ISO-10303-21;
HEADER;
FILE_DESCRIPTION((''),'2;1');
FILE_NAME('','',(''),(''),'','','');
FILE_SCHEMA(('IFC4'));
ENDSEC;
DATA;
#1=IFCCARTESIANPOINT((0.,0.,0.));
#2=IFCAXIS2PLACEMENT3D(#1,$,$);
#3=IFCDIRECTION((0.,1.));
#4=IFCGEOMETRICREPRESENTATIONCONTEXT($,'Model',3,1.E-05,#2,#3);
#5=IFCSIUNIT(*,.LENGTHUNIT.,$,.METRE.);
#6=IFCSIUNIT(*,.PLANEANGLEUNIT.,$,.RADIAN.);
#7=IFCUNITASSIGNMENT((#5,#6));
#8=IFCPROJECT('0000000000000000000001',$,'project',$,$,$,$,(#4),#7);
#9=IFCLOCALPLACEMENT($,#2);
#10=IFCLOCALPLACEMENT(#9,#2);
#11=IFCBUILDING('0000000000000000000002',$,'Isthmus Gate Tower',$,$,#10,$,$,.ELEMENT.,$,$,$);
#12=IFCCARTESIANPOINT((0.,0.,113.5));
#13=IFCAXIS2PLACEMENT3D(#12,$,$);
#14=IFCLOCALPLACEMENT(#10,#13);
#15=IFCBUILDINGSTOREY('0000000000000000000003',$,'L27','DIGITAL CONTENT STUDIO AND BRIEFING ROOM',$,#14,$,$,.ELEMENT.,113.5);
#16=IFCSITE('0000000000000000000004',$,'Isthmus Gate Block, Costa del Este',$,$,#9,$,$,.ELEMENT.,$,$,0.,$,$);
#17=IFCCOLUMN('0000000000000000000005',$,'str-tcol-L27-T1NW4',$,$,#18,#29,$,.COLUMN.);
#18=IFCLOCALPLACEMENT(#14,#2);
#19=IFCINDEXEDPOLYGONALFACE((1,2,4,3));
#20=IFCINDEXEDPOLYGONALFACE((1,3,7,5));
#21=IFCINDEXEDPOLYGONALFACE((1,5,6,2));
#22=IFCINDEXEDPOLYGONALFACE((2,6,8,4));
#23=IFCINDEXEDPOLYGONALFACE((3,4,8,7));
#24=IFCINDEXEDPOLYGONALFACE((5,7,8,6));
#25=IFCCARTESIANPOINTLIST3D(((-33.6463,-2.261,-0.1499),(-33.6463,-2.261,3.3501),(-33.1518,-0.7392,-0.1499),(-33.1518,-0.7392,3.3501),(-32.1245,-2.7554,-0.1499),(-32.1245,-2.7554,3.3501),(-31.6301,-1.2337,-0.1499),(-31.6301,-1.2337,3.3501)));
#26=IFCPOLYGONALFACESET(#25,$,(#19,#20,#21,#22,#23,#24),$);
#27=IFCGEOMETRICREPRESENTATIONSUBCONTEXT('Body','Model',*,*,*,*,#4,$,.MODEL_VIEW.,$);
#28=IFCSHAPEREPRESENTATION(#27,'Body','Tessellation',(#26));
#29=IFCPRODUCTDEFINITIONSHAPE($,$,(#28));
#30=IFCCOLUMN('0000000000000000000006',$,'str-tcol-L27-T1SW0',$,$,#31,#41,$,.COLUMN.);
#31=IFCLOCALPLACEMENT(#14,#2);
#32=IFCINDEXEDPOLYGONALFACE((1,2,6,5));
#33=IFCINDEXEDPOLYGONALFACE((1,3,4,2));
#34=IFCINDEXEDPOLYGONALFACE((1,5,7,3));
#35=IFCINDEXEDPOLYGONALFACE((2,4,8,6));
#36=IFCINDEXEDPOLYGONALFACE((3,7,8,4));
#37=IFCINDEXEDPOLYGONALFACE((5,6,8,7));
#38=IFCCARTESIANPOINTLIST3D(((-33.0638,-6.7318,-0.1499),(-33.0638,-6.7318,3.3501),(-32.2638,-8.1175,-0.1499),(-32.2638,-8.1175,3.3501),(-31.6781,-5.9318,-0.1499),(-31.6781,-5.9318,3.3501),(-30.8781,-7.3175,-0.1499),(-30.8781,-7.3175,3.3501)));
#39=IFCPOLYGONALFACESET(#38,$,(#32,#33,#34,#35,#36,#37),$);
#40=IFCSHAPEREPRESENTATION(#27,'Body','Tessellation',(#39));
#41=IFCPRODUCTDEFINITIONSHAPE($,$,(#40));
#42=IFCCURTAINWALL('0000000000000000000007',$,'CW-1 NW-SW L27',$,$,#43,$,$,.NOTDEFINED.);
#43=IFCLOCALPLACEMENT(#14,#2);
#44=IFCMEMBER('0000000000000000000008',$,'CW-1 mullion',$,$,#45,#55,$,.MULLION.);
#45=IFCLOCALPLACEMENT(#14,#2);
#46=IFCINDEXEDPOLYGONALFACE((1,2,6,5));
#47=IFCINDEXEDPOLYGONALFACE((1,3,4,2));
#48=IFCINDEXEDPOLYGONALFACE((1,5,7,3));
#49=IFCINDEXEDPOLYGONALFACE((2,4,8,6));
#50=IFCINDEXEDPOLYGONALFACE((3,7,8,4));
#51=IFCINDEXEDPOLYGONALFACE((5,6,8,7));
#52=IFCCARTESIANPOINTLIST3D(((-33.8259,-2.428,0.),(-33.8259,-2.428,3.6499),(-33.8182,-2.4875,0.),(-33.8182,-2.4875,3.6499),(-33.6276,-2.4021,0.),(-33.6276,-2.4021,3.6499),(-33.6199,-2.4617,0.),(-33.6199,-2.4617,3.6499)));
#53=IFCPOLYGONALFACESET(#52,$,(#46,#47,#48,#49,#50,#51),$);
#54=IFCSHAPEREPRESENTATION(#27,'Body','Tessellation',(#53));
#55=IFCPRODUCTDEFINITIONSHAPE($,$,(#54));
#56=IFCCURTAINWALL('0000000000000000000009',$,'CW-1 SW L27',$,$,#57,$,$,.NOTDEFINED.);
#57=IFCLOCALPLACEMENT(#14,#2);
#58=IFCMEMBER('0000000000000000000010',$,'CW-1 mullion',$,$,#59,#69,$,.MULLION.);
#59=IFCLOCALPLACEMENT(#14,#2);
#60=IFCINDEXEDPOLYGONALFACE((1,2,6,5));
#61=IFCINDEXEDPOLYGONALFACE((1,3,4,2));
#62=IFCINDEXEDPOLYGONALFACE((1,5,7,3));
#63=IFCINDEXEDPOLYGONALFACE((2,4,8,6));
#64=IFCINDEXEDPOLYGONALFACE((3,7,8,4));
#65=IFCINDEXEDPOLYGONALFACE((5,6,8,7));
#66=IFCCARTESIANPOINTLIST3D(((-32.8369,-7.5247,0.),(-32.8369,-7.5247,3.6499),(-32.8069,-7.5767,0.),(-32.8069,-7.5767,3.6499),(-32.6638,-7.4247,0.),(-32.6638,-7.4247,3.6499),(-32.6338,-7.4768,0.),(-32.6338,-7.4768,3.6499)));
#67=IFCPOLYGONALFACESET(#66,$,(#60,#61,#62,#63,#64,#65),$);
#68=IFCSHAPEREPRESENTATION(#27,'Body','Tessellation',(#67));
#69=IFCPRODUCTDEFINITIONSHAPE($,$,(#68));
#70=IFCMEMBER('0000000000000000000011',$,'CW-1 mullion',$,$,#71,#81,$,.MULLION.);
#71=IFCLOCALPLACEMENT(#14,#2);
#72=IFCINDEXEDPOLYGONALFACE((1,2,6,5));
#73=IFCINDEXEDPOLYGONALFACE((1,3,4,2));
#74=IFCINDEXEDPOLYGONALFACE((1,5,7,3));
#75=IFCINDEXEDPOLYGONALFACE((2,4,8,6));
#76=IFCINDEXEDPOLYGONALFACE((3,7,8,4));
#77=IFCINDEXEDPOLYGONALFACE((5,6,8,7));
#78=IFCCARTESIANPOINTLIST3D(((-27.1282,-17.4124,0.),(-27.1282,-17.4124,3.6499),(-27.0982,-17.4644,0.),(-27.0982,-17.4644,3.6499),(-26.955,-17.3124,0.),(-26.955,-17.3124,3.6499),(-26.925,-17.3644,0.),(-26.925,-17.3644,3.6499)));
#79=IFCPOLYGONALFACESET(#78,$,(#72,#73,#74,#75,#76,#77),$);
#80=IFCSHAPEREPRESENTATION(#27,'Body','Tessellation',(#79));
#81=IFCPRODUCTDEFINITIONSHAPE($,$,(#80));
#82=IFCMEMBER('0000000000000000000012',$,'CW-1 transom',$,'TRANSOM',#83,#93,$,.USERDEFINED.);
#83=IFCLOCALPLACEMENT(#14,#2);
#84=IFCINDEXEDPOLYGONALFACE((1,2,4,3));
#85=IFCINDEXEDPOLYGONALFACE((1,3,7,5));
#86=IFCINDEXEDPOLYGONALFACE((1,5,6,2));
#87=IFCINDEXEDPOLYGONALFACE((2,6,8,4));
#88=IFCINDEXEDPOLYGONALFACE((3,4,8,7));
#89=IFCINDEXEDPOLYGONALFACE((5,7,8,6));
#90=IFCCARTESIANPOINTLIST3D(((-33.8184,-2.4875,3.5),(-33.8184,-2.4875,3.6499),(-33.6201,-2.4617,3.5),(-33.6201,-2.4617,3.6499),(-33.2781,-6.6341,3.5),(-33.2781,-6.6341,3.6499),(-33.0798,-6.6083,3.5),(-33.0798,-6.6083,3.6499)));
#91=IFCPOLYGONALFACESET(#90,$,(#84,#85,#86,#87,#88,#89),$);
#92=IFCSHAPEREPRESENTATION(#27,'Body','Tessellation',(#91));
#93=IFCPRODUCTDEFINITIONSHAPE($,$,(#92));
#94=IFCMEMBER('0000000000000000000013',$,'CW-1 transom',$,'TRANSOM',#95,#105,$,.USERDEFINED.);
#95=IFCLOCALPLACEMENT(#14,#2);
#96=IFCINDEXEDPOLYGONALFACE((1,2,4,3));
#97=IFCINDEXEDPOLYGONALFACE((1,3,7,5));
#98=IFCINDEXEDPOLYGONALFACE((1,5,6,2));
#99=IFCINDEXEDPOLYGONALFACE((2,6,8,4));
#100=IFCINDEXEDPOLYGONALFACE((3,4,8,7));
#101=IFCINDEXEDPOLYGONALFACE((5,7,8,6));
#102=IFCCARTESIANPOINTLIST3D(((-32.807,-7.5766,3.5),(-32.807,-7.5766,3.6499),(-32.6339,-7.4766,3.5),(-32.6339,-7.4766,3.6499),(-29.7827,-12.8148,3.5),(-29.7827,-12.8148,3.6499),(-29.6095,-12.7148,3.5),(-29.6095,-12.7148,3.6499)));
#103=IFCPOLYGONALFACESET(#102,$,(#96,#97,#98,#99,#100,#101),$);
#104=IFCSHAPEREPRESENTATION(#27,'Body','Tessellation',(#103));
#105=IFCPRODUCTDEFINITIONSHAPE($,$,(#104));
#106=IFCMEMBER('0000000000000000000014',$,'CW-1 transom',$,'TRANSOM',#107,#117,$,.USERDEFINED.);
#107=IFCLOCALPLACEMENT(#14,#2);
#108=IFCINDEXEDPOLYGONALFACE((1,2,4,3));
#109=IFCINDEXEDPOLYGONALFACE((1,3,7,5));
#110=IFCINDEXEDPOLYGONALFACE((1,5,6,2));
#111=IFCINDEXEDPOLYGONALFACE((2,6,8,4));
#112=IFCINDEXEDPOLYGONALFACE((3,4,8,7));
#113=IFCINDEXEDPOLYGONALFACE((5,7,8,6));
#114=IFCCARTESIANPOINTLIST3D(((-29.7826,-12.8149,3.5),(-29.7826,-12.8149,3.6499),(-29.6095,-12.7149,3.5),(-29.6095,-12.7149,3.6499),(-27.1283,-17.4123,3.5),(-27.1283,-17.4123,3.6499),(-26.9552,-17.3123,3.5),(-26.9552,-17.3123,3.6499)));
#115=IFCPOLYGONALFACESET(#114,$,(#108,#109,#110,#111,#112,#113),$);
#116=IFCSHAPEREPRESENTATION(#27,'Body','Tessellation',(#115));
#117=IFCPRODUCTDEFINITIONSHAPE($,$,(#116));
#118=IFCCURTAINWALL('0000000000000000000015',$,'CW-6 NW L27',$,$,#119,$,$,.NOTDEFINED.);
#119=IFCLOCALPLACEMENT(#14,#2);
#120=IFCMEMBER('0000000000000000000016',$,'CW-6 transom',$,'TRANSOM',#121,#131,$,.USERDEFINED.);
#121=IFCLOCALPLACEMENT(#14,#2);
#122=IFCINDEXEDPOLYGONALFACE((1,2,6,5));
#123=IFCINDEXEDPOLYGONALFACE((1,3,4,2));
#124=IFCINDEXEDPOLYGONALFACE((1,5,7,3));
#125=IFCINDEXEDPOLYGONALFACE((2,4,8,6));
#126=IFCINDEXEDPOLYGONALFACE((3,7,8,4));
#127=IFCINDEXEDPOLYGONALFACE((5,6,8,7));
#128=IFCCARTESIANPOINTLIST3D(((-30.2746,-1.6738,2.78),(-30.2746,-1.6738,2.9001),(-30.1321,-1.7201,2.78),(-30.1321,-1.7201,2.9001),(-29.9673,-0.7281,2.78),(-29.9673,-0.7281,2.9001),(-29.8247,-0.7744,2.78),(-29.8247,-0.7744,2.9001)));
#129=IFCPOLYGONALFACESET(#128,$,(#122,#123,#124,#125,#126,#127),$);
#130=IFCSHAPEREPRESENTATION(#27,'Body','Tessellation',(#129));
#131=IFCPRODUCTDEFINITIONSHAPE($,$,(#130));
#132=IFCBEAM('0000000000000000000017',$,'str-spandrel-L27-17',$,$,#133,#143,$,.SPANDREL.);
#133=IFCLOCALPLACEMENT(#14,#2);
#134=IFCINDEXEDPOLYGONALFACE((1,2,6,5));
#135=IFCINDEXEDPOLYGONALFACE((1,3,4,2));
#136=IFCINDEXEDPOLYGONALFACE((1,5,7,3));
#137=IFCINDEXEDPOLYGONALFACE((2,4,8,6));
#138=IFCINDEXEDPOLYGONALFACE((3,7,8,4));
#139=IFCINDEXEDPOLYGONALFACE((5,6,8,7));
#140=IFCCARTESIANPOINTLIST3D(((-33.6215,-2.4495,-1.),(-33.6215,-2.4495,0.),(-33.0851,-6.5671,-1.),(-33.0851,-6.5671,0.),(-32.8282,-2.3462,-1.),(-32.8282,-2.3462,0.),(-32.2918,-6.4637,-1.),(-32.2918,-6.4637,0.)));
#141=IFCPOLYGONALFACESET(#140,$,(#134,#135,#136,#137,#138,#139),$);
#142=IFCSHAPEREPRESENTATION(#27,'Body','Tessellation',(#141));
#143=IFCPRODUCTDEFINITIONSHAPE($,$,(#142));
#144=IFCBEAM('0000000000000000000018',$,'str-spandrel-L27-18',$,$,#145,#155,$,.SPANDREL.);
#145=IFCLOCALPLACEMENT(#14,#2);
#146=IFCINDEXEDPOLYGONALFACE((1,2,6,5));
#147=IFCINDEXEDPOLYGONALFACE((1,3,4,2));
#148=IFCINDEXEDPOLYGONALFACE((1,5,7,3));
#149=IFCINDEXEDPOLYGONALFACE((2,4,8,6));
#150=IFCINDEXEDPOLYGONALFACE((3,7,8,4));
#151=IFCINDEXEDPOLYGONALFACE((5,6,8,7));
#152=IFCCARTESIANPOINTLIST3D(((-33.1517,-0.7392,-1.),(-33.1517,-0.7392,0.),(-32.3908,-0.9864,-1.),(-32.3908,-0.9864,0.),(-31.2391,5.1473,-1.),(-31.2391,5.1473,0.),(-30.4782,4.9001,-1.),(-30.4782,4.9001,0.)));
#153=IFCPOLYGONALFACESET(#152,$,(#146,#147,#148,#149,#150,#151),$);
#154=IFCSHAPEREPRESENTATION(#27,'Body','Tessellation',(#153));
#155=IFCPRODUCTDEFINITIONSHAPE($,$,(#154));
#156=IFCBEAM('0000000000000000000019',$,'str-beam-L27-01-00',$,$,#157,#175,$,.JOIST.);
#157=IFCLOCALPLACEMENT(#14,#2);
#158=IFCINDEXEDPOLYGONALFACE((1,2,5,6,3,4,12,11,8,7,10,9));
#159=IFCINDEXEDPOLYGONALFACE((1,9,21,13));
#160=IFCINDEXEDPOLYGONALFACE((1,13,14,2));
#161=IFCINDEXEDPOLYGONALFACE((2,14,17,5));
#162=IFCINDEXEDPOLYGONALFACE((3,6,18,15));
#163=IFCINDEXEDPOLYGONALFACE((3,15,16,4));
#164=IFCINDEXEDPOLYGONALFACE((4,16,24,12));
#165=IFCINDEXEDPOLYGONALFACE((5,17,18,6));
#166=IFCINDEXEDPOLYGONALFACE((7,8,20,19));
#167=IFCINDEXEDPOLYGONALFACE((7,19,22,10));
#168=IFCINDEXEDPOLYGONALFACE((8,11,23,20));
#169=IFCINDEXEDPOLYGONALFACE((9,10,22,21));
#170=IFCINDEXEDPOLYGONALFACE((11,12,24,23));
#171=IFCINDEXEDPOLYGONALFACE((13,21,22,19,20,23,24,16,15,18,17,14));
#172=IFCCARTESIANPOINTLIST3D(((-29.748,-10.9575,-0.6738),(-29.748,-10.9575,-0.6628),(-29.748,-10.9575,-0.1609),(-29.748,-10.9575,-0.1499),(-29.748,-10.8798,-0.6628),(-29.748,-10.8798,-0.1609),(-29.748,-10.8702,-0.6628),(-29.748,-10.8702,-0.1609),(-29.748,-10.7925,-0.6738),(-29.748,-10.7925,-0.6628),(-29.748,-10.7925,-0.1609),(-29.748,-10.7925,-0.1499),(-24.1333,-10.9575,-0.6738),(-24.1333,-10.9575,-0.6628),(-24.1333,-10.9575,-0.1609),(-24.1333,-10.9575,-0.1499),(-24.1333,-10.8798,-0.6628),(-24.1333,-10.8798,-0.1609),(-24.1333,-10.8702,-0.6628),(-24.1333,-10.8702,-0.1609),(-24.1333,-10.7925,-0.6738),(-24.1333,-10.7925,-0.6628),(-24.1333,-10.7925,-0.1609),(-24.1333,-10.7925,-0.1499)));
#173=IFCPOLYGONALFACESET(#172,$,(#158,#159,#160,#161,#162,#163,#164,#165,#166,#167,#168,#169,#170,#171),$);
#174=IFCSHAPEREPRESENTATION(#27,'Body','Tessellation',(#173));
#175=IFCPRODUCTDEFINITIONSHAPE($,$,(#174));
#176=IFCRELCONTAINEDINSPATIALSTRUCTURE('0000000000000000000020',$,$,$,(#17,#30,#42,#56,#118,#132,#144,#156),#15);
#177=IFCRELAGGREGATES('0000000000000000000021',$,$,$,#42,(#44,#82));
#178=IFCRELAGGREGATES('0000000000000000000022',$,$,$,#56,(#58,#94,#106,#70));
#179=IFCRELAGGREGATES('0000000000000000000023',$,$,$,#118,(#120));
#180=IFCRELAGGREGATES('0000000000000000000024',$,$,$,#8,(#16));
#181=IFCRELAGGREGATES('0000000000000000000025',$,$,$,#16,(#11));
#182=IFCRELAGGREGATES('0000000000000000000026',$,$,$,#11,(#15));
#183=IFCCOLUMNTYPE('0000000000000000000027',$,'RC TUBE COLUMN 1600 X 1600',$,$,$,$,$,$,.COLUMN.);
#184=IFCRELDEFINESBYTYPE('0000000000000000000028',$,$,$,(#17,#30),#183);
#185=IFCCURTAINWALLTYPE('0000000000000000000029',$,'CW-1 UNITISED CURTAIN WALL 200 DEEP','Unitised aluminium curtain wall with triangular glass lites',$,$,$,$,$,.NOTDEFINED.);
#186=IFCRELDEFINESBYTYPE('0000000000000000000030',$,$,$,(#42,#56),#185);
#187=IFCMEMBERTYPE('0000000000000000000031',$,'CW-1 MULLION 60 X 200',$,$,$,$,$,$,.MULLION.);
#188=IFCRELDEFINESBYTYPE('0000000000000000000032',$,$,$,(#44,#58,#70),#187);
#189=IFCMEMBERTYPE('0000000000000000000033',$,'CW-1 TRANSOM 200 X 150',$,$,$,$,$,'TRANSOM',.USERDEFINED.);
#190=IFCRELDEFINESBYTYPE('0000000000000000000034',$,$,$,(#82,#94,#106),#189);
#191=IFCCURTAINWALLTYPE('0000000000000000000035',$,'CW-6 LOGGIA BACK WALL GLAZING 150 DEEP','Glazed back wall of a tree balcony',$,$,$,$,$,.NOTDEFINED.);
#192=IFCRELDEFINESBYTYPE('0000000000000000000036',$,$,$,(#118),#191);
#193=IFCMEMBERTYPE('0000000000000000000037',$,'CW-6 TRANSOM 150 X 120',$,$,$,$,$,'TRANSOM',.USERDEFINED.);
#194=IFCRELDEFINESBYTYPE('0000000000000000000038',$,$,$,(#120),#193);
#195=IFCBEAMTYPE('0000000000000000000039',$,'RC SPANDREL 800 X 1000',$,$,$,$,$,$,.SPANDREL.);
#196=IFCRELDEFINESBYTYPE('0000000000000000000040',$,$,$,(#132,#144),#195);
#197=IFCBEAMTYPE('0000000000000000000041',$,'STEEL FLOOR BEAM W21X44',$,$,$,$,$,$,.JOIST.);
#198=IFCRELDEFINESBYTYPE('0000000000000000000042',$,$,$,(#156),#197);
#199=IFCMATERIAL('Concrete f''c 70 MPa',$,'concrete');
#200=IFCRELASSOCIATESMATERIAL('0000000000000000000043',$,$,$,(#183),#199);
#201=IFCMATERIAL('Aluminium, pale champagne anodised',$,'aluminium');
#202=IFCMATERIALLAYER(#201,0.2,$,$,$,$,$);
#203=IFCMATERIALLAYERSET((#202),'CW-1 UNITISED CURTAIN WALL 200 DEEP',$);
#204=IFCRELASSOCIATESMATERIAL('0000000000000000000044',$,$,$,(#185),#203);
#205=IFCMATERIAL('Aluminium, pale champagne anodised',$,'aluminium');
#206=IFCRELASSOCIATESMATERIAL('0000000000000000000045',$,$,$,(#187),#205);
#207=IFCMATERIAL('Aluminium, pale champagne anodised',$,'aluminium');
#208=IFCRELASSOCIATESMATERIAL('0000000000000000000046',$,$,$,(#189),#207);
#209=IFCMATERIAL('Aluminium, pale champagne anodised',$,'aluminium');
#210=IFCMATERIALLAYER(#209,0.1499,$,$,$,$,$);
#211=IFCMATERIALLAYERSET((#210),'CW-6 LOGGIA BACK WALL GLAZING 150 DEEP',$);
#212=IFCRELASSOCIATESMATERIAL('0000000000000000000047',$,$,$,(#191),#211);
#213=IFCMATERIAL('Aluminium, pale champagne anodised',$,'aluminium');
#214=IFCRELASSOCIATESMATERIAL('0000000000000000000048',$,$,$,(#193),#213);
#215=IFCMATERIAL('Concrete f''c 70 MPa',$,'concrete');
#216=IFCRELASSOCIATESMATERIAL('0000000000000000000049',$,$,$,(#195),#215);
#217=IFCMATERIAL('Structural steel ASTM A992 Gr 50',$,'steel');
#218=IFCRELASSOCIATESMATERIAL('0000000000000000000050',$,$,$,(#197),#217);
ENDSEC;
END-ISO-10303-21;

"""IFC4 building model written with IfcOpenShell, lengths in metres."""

from ifc_helpers import new_model, si_unit, direction, frame, origin, origin_2d, place, context, subcontext, project, spatial, rectangle, i_section, extrude, material, layer, layer_set, material_profile, profile_set, type_object, element, aggregate, save


model = new_model("IFC4")

# Units and contexts
model_context = context("Model", 3, precision=1e-05, world=origin(), true_north=direction((0.0, 1.0)))
body_context = subcontext(model_context, "Body", "Model", "MODEL_VIEW")
ifc_project = project(units=[si_unit("LENGTHUNIT", "METRE"), si_unit("PLANEANGLEUNIT", "RADIAN")], contexts=[model_context])

# Site, building, storey
site_placement = place(None, origin())
site = spatial("IfcSite", under=ifc_project, at=site_placement, Name="Isthmus Gate Block, Costa del Este", CompositionType="ELEMENT", RefElevation=0.0)
building_placement = place(site_placement, origin())
building = spatial("IfcBuilding", under=site, at=building_placement, Name="Isthmus Gate Tower", CompositionType="ELEMENT")
storey_placement = place(building_placement, frame((0.0, 0.0, 113.5)))
storey = spatial("IfcBuildingStorey", under=building, at=storey_placement, Name="L27", Description="DIGITAL CONTENT STUDIO AND BRIEFING ROOM", CompositionType="ELEMENT", Elevation=113.5)

# Columns
ifc_material_1 = material(Name="Concrete f'c 70 MPa", Category="concrete")
ifc_material_profile_1 = material_profile(ifc_material_1, rectangle(XDim=1.6001, YDim=1.6001, at=origin_2d()), Name="RC 1600X1600")
ifc_profile_set_1 = profile_set([ifc_material_profile_1], Name="Concrete f'c 70 MPa")
column_type = type_object("IfcColumnType", Name="RC TUBE COLUMN 1600 X 1600", PredefinedType="COLUMN", material=ifc_profile_set_1)
for number, where, z_axis, x_axis, name in (
    (1, (-32.6382, -1.7473, -0.1499), (0.0, 0.0, 1.0), (-0.309017, -0.951057, 0.0), "str-tcol-L27-T1NW4"),
    (2, (-31.9709, -7.0247, -0.1499), (0.0, 0.0, 1.0), (0.5, -0.866025, 0.0), "str-tcol-L27-T1SW0"),
):
    element("IfcColumn", number, at=place(storey_placement, frame(where, z_axis=z_axis, x_axis=x_axis)), inside=storey, type_object=column_type, Name=name, PredefinedType="COLUMN", context=body_context, shape_type="SweptSolid", body=[
        extrude(rectangle(XDim=1.6001, YDim=1.6001, at=origin_2d()), origin(), (0.0, 0.0, 1.0), 3.5),
    ])

# Curtain wall, member
ifc_material_2 = material(Name="Aluminium, pale champagne anodised", Category="aluminium")
ifc_layer_1 = layer(ifc_material_2, 0.2)
ifc_layer_set_1 = layer_set([ifc_layer_1], Name="CW-1 UNITISED CURTAIN WALL 200 DEEP")
curtain_wall_type_1 = type_object("IfcCurtainWallType", Name="CW-1 UNITISED CURTAIN WALL 200 DEEP", Description="Unitised aluminium curtain wall with triangular glass lites", PredefinedType="NOTDEFINED", material=ifc_layer_set_1)
curtain_wall_1_placement = place(storey_placement, origin())
curtain_wall_1 = element("IfcCurtainWall", 3, at=curtain_wall_1_placement, inside=storey, type_object=curtain_wall_type_1, Name="CW-1 NW-SW L27", PredefinedType="NOTDEFINED")
ifc_material_3 = material(Name="Aluminium, pale champagne anodised", Category="aluminium")
ifc_material_profile_2 = material_profile(ifc_material_3, rectangle(XDim=0.0601, YDim=0.2, at=origin_2d()), Name="60x200")
ifc_profile_set_2 = profile_set([ifc_material_profile_2], Name="Aluminium, pale champagne anodised")
member_type_1 = type_object("IfcMemberType", Name="CW-1 MULLION 60 X 200", PredefinedType="MULLION", material=ifc_profile_set_2)
member_1_placement = place(storey_placement, frame((-33.7229, -2.4448, 0.0), z_axis=(0.0, 0.0, 1.0), x_axis=(0.129165, -0.991623, 0.0)))
member_1 = element("IfcMember", 4, at=member_1_placement, type_object=member_type_1, Name="CW-1 mullion", PredefinedType="MULLION", context=body_context, shape_type="SweptSolid", body=[
    extrude(rectangle(XDim=0.0601, YDim=0.2, at=origin_2d()), origin(), (0.0, 0.0, 1.0), 3.6499),
])

# Curtain wall, members
curtain_wall_2_placement = place(storey_placement, origin())
curtain_wall_2 = element("IfcCurtainWall", 5, at=curtain_wall_2_placement, inside=storey, type_object=curtain_wall_type_1, Name="CW-1 SW L27", PredefinedType="NOTDEFINED")
member_2_placement = place(storey_placement, frame((-32.7354, -7.5007, 0.0), z_axis=(0.0, 0.0, 1.0), x_axis=(0.5, -0.866025, 0.0)))
member_2 = element("IfcMember", 6, at=member_2_placement, type_object=member_type_1, Name="CW-1 mullion", PredefinedType="MULLION", context=body_context, shape_type="SweptSolid", body=[
    extrude(rectangle(XDim=0.0601, YDim=0.2, at=origin_2d()), origin(), (0.0, 0.0, 1.0), 3.6499),
])
member_3_placement = place(storey_placement, frame((-27.0266, -17.3884, 0.0), z_axis=(0.0, 0.0, 1.0), x_axis=(0.5, -0.866025, 0.0)))
member_3 = element("IfcMember", 7, at=member_3_placement, type_object=member_type_1, Name="CW-1 mullion", PredefinedType="MULLION", context=body_context, shape_type="SweptSolid", body=[
    extrude(rectangle(XDim=0.0601, YDim=0.2, at=origin_2d()), origin(), (0.0, 0.0, 1.0), 3.6499),
])

# Members
ifc_material_4 = material(Name="Aluminium, pale champagne anodised", Category="aluminium")
ifc_material_profile_3 = material_profile(ifc_material_4, rectangle(XDim=0.2, YDim=0.1499, at=origin_2d()), Name="200x150")
ifc_profile_set_3 = profile_set([ifc_material_profile_3], Name="Aluminium, pale champagne anodised")
member_type_2 = type_object("IfcMemberType", Name="CW-1 TRANSOM 200 X 150", ElementType="TRANSOM", PredefinedType="USERDEFINED", material=ifc_profile_set_3)
member_4_placement = place(storey_placement, frame((-33.7192, -2.4746, 3.575), z_axis=(0.129207, -0.991618, 0.0), x_axis=(0.991618, 0.129207, 0.0)))
member_4 = element("IfcMember", 8, at=member_4_placement, type_object=member_type_2, Name="CW-1 transom", ObjectType="TRANSOM", PredefinedType="USERDEFINED", context=body_context, shape_type="SweptSolid", body=[
    extrude(rectangle(XDim=0.2, YDim=0.1499, at=origin_2d()), origin(), (0.0, 0.0, 1.0), 4.1816),
])
member_5_placement = place(storey_placement, frame((-32.7205, -7.5266, 3.575), z_axis=(0.500011, -0.866019, 0.0), x_axis=(0.866019, 0.500011, 0.0)))
member_5 = element("IfcMember", 9, at=member_5_placement, type_object=member_type_2, Name="CW-1 transom", ObjectType="TRANSOM", PredefinedType="USERDEFINED", context=body_context, shape_type="SweptSolid", body=[
    extrude(rectangle(XDim=0.2, YDim=0.1499, at=origin_2d()), origin(), (0.0, 0.0, 1.0), 6.0486),
])
member_6_placement = place(storey_placement, frame((-29.696, -12.7649, 3.575), z_axis=(0.499997, -0.866027, 0.0), x_axis=(0.866027, 0.499997, 0.0)))
member_6 = element("IfcMember", 10, at=member_6_placement, type_object=member_type_2, Name="CW-1 transom", ObjectType="TRANSOM", PredefinedType="USERDEFINED", context=body_context, shape_type="SweptSolid", body=[
    extrude(rectangle(XDim=0.2, YDim=0.1499, at=origin_2d()), origin(), (0.0, 0.0, 1.0), 5.3086),
])

# Curtain wall, member
ifc_material_5 = material(Name="Aluminium, pale champagne anodised", Category="aluminium")
ifc_layer_2 = layer(ifc_material_5, 0.1499)
ifc_layer_set_2 = layer_set([ifc_layer_2], Name="CW-6 LOGGIA BACK WALL GLAZING 150 DEEP")
curtain_wall_type_2 = type_object("IfcCurtainWallType", Name="CW-6 LOGGIA BACK WALL GLAZING 150 DEEP", Description="Glazed back wall of a tree balcony", PredefinedType="NOTDEFINED", material=ifc_layer_set_2)
curtain_wall_3_placement = place(storey_placement, origin())
curtain_wall_3 = element("IfcCurtainWall", 11, at=curtain_wall_3_placement, inside=storey, type_object=curtain_wall_type_2, Name="CW-6 NW L27", PredefinedType="NOTDEFINED")
ifc_material_6 = material(Name="Aluminium, pale champagne anodised", Category="aluminium")
ifc_material_profile_4 = material_profile(ifc_material_6, rectangle(XDim=0.1499, YDim=0.1201, at=origin_2d()), Name="150x120")
ifc_profile_set_4 = profile_set([ifc_material_profile_4], Name="Aluminium, pale champagne anodised")
member_type_3 = type_object("IfcMemberType", Name="CW-6 TRANSOM 150 X 120", ElementType="TRANSOM", PredefinedType="USERDEFINED", material=ifc_profile_set_4)
member_7_placement = place(storey_placement, frame((-29.896, -0.7512, 2.8401), z_axis=(-0.309075, -0.951038, 0.0), x_axis=(0.951038, -0.309075, 0.0)))
member_7 = element("IfcMember", 12, at=member_7_placement, type_object=member_type_3, Name="CW-6 transom", ObjectType="TRANSOM", PredefinedType="USERDEFINED", context=body_context, shape_type="SweptSolid", body=[
    extrude(rectangle(XDim=0.1499, YDim=0.1201, at=origin_2d()), origin(), (0.0, 0.0, 1.0), 0.9944),
])

# Beams
ifc_material_7 = material(Name="Concrete f'c 70 MPa", Category="concrete")
ifc_material_profile_5 = material_profile(ifc_material_7, rectangle(XDim=0.8, YDim=1.0, at=origin_2d()), Name="RC 800X1000")
ifc_profile_set_5 = profile_set([ifc_material_profile_5], Name="Concrete f'c 70 MPa")
beam_type_1 = type_object("IfcBeamType", Name="RC SPANDREL 800 X 1000", PredefinedType="SPANDREL", material=ifc_profile_set_5)
beam_1_placement = place(storey_placement, frame((-32.6885, -6.5154, -0.5), z_axis=(-0.129171, 0.991622, 0.0), x_axis=(-0.991622, -0.129171, 0.0)))
element("IfcBeam", 13, at=beam_1_placement, inside=storey, type_object=beam_type_1, Name="str-spandrel-L27-17", PredefinedType="SPANDREL", context=body_context, shape_type="SweptSolid", body=[
    extrude(rectangle(XDim=0.8, YDim=1.0, at=origin_2d()), origin(), (0.0, 0.0, 1.0), 4.1523),
])
beam_2_placement = place(storey_placement, frame((-32.7712, -0.8628, -0.5), z_axis=(0.309012, 0.951058, 0.0), x_axis=(-0.951058, 0.309012, 0.0)))
element("IfcBeam", 14, at=beam_2_placement, inside=storey, type_object=beam_type_1, Name="str-spandrel-L27-18", PredefinedType="SPANDREL", context=body_context, shape_type="SweptSolid", body=[
    extrude(rectangle(XDim=0.8, YDim=1.0, at=origin_2d()), origin(), (0.0, 0.0, 1.0), 6.1895),
])
ifc_material_8 = material(Name="Structural steel ASTM A992 Gr 50", Category="steel")
ifc_material_profile_6 = material_profile(ifc_material_8, i_section(OverallWidth=0.165, OverallDepth=0.5239, WebThickness=0.0095, FlangeThickness=0.011, at=origin_2d()), Name="W21X44")
ifc_profile_set_6 = profile_set([ifc_material_profile_6], Name="Structural steel ASTM A992 Gr 50")
beam_type_2 = type_object("IfcBeamType", Name="STEEL FLOOR BEAM W21X44", PredefinedType="JOIST", material=ifc_profile_set_6)
beam_3_placement = place(storey_placement, frame((-29.748, -10.875, -0.4119), z_axis=(1.0, 0.0, 0.0), x_axis=(0.0, 1.0, 0.0)))
element("IfcBeam", 15, at=beam_3_placement, inside=storey, type_object=beam_type_2, Name="str-beam-L27-01-00", PredefinedType="JOIST", context=body_context, shape_type="SweptSolid", body=[
    extrude(i_section(OverallWidth=0.165, OverallDepth=0.5239, WebThickness=0.0095, FlangeThickness=0.011, at=origin_2d()), origin(), (0.0, 0.0, 1.0), 5.6147),
])

aggregate(curtain_wall_1, [member_1, member_4])
aggregate(curtain_wall_2, [member_2, member_5, member_6, member_3])
aggregate(curtain_wall_3, [member_7])

save(model, "model.ifc")
